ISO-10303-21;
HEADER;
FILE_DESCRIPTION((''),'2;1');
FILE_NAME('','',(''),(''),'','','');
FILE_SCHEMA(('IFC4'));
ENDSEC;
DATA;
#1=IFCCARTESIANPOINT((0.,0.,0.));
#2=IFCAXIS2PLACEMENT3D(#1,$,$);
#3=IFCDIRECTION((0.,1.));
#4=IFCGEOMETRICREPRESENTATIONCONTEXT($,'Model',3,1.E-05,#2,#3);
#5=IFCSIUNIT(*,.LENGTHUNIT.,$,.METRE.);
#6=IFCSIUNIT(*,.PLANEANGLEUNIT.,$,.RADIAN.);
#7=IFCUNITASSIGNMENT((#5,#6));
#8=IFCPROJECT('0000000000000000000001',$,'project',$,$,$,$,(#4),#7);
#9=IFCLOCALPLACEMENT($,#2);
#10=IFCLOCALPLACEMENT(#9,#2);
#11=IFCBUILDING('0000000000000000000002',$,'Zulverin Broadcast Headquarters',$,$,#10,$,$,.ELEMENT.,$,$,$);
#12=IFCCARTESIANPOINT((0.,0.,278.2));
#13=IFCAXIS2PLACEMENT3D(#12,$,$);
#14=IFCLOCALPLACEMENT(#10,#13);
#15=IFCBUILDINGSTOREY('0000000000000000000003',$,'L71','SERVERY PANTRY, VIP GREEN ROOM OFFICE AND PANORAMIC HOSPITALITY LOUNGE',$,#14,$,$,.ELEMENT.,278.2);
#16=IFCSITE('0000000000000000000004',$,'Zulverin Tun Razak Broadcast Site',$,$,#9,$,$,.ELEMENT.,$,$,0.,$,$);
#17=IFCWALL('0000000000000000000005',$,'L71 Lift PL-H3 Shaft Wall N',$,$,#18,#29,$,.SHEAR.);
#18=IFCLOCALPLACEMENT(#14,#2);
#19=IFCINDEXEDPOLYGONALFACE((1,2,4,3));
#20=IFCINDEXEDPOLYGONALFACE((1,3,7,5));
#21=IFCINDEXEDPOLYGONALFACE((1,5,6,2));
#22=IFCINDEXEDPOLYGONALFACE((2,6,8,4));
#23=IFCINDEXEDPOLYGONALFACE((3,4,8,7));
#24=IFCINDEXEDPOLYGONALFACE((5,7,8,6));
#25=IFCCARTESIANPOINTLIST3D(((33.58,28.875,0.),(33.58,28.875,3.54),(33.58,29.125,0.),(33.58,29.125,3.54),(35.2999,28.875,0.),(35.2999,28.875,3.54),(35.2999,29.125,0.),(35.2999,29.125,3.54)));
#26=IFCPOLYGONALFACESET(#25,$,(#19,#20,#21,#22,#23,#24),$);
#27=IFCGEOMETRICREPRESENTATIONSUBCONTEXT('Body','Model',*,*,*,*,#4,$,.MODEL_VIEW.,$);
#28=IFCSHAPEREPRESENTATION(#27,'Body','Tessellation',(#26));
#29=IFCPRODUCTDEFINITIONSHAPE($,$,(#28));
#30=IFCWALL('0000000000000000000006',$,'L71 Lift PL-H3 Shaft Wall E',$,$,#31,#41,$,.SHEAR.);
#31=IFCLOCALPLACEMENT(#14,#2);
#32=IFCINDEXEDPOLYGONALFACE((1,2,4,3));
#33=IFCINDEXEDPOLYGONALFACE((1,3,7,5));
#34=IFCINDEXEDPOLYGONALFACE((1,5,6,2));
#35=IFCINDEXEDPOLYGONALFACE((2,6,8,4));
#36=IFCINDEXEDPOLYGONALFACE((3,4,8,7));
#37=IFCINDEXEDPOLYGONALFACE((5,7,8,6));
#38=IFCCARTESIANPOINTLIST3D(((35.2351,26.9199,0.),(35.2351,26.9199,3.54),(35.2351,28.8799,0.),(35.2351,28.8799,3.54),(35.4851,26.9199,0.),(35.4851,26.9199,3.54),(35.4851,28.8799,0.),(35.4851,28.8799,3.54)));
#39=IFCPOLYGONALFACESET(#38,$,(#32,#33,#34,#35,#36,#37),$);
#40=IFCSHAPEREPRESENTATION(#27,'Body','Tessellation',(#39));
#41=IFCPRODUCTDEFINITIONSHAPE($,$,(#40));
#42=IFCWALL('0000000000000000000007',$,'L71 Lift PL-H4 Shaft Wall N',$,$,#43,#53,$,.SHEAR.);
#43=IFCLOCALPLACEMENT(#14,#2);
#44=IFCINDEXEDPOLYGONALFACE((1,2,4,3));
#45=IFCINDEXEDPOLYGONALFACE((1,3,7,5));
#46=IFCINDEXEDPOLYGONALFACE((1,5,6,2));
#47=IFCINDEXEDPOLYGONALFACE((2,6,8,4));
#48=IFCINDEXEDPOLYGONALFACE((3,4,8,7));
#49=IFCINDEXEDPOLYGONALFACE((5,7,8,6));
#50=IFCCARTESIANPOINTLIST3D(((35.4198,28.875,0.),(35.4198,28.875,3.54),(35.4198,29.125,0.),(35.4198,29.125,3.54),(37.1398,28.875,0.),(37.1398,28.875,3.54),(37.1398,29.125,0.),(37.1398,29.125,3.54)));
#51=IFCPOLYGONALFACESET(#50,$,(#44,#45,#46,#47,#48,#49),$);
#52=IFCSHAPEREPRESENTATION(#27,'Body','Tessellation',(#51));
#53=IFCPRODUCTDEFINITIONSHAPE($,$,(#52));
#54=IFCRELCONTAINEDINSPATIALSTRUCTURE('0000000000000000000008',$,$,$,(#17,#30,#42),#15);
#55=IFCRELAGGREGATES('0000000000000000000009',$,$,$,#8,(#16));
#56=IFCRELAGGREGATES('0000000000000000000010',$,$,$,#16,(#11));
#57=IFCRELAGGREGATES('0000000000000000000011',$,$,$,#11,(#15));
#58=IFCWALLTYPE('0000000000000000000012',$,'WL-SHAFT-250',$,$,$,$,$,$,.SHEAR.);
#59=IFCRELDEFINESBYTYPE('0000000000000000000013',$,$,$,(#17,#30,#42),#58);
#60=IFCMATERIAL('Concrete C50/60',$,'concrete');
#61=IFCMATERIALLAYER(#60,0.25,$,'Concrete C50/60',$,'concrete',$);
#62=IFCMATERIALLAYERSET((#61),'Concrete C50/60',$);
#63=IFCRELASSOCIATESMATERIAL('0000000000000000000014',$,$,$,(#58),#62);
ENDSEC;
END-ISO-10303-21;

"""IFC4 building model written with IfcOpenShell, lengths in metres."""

from ifc_helpers import new_model, si_unit, direction, frame, frame_2d, origin, place, context, subcontext, project, spatial, rectangle, extrude, material, layer, layer_set, type_object, element, save


model = new_model("IFC4")

# Units and contexts
model_context = context("Model", 3, precision=1e-05, world=origin(), true_north=direction((0.0, 1.0)))
body_context = subcontext(model_context, "Body", "Model", "MODEL_VIEW")
ifc_project = project(units=[si_unit("LENGTHUNIT", "METRE"), si_unit("PLANEANGLEUNIT", "RADIAN")], contexts=[model_context])

# Site, building, storey
site_placement = place(None, origin())
site = spatial("IfcSite", under=ifc_project, at=site_placement, Name="Zulverin Tun Razak Broadcast Site", CompositionType="ELEMENT", RefElevation=0.0)
building_placement = place(site_placement, origin())
building = spatial("IfcBuilding", under=site, at=building_placement, Name="Zulverin Broadcast Headquarters", CompositionType="ELEMENT")
storey_placement = place(building_placement, frame((0.0, 0.0, 278.2)))
storey = spatial("IfcBuildingStorey", under=building, at=storey_placement, Name="L71", Description="SERVERY PANTRY, VIP GREEN ROOM OFFICE AND PANORAMIC HOSPITALITY LOUNGE", CompositionType="ELEMENT", Elevation=278.2)

# Shared definitions
ifc_material_1 = material(Name="Concrete C50/60", Category="concrete")
ifc_layer_1 = layer(ifc_material_1, 0.25, Name="Concrete C50/60", Category="concrete")
ifc_layer_set_1 = layer_set([ifc_layer_1], Name="Concrete C50/60")
wall_type_1 = type_object("IfcWallType", Name="WL-SHAFT-250", PredefinedType="SHEAR", material=ifc_layer_set_1)

# Walls
wall_1_placement = place(storey_placement, frame((33.5801, 29.0, 0.0), z_axis=(0.0, 0.0, 1.0), x_axis=(1.0, 0.0, 0.0)))
element("IfcWall", 1, at=wall_1_placement, inside=storey, type_object=wall_type_1, Name="L71 Lift PL-H3 Shaft Wall N", PredefinedType="SHEAR", context=body_context, shape_type="SweptSolid", body=[
    extrude(rectangle(XDim=1.72, YDim=0.25, at=frame_2d((0.8599, 0.0))), origin(), (0.0, 0.0, 1.0), 3.54),
])
wall_2_placement = place(storey_placement, frame((35.3601, 26.9199, 0.0), z_axis=(0.0, 0.0, 1.0), x_axis=(0.0, 1.0, 0.0)))
element("IfcWall", 2, at=wall_2_placement, inside=storey, type_object=wall_type_1, Name="L71 Lift PL-H3 Shaft Wall E", PredefinedType="SHEAR", context=body_context, shape_type="SweptSolid", body=[
    extrude(rectangle(XDim=1.96, YDim=0.25, at=frame_2d((0.98, 0.0))), origin(), (0.0, 0.0, 1.0), 3.54),
])

# Wall
wall_3_placement = place(storey_placement, frame((35.4199, 29.0, 0.0), z_axis=(0.0, 0.0, 1.0), x_axis=(1.0, 0.0, 0.0)))
element("IfcWall", 3, at=wall_3_placement, inside=storey, type_object=wall_type_1, Name="L71 Lift PL-H4 Shaft Wall N", PredefinedType="SHEAR", context=body_context, shape_type="SweptSolid", body=[
    extrude(rectangle(XDim=1.72, YDim=0.25, at=frame_2d((0.8599, 0.0))), origin(), (0.0, 0.0, 1.0), 3.54),
])

save(model, "model.ifc")
